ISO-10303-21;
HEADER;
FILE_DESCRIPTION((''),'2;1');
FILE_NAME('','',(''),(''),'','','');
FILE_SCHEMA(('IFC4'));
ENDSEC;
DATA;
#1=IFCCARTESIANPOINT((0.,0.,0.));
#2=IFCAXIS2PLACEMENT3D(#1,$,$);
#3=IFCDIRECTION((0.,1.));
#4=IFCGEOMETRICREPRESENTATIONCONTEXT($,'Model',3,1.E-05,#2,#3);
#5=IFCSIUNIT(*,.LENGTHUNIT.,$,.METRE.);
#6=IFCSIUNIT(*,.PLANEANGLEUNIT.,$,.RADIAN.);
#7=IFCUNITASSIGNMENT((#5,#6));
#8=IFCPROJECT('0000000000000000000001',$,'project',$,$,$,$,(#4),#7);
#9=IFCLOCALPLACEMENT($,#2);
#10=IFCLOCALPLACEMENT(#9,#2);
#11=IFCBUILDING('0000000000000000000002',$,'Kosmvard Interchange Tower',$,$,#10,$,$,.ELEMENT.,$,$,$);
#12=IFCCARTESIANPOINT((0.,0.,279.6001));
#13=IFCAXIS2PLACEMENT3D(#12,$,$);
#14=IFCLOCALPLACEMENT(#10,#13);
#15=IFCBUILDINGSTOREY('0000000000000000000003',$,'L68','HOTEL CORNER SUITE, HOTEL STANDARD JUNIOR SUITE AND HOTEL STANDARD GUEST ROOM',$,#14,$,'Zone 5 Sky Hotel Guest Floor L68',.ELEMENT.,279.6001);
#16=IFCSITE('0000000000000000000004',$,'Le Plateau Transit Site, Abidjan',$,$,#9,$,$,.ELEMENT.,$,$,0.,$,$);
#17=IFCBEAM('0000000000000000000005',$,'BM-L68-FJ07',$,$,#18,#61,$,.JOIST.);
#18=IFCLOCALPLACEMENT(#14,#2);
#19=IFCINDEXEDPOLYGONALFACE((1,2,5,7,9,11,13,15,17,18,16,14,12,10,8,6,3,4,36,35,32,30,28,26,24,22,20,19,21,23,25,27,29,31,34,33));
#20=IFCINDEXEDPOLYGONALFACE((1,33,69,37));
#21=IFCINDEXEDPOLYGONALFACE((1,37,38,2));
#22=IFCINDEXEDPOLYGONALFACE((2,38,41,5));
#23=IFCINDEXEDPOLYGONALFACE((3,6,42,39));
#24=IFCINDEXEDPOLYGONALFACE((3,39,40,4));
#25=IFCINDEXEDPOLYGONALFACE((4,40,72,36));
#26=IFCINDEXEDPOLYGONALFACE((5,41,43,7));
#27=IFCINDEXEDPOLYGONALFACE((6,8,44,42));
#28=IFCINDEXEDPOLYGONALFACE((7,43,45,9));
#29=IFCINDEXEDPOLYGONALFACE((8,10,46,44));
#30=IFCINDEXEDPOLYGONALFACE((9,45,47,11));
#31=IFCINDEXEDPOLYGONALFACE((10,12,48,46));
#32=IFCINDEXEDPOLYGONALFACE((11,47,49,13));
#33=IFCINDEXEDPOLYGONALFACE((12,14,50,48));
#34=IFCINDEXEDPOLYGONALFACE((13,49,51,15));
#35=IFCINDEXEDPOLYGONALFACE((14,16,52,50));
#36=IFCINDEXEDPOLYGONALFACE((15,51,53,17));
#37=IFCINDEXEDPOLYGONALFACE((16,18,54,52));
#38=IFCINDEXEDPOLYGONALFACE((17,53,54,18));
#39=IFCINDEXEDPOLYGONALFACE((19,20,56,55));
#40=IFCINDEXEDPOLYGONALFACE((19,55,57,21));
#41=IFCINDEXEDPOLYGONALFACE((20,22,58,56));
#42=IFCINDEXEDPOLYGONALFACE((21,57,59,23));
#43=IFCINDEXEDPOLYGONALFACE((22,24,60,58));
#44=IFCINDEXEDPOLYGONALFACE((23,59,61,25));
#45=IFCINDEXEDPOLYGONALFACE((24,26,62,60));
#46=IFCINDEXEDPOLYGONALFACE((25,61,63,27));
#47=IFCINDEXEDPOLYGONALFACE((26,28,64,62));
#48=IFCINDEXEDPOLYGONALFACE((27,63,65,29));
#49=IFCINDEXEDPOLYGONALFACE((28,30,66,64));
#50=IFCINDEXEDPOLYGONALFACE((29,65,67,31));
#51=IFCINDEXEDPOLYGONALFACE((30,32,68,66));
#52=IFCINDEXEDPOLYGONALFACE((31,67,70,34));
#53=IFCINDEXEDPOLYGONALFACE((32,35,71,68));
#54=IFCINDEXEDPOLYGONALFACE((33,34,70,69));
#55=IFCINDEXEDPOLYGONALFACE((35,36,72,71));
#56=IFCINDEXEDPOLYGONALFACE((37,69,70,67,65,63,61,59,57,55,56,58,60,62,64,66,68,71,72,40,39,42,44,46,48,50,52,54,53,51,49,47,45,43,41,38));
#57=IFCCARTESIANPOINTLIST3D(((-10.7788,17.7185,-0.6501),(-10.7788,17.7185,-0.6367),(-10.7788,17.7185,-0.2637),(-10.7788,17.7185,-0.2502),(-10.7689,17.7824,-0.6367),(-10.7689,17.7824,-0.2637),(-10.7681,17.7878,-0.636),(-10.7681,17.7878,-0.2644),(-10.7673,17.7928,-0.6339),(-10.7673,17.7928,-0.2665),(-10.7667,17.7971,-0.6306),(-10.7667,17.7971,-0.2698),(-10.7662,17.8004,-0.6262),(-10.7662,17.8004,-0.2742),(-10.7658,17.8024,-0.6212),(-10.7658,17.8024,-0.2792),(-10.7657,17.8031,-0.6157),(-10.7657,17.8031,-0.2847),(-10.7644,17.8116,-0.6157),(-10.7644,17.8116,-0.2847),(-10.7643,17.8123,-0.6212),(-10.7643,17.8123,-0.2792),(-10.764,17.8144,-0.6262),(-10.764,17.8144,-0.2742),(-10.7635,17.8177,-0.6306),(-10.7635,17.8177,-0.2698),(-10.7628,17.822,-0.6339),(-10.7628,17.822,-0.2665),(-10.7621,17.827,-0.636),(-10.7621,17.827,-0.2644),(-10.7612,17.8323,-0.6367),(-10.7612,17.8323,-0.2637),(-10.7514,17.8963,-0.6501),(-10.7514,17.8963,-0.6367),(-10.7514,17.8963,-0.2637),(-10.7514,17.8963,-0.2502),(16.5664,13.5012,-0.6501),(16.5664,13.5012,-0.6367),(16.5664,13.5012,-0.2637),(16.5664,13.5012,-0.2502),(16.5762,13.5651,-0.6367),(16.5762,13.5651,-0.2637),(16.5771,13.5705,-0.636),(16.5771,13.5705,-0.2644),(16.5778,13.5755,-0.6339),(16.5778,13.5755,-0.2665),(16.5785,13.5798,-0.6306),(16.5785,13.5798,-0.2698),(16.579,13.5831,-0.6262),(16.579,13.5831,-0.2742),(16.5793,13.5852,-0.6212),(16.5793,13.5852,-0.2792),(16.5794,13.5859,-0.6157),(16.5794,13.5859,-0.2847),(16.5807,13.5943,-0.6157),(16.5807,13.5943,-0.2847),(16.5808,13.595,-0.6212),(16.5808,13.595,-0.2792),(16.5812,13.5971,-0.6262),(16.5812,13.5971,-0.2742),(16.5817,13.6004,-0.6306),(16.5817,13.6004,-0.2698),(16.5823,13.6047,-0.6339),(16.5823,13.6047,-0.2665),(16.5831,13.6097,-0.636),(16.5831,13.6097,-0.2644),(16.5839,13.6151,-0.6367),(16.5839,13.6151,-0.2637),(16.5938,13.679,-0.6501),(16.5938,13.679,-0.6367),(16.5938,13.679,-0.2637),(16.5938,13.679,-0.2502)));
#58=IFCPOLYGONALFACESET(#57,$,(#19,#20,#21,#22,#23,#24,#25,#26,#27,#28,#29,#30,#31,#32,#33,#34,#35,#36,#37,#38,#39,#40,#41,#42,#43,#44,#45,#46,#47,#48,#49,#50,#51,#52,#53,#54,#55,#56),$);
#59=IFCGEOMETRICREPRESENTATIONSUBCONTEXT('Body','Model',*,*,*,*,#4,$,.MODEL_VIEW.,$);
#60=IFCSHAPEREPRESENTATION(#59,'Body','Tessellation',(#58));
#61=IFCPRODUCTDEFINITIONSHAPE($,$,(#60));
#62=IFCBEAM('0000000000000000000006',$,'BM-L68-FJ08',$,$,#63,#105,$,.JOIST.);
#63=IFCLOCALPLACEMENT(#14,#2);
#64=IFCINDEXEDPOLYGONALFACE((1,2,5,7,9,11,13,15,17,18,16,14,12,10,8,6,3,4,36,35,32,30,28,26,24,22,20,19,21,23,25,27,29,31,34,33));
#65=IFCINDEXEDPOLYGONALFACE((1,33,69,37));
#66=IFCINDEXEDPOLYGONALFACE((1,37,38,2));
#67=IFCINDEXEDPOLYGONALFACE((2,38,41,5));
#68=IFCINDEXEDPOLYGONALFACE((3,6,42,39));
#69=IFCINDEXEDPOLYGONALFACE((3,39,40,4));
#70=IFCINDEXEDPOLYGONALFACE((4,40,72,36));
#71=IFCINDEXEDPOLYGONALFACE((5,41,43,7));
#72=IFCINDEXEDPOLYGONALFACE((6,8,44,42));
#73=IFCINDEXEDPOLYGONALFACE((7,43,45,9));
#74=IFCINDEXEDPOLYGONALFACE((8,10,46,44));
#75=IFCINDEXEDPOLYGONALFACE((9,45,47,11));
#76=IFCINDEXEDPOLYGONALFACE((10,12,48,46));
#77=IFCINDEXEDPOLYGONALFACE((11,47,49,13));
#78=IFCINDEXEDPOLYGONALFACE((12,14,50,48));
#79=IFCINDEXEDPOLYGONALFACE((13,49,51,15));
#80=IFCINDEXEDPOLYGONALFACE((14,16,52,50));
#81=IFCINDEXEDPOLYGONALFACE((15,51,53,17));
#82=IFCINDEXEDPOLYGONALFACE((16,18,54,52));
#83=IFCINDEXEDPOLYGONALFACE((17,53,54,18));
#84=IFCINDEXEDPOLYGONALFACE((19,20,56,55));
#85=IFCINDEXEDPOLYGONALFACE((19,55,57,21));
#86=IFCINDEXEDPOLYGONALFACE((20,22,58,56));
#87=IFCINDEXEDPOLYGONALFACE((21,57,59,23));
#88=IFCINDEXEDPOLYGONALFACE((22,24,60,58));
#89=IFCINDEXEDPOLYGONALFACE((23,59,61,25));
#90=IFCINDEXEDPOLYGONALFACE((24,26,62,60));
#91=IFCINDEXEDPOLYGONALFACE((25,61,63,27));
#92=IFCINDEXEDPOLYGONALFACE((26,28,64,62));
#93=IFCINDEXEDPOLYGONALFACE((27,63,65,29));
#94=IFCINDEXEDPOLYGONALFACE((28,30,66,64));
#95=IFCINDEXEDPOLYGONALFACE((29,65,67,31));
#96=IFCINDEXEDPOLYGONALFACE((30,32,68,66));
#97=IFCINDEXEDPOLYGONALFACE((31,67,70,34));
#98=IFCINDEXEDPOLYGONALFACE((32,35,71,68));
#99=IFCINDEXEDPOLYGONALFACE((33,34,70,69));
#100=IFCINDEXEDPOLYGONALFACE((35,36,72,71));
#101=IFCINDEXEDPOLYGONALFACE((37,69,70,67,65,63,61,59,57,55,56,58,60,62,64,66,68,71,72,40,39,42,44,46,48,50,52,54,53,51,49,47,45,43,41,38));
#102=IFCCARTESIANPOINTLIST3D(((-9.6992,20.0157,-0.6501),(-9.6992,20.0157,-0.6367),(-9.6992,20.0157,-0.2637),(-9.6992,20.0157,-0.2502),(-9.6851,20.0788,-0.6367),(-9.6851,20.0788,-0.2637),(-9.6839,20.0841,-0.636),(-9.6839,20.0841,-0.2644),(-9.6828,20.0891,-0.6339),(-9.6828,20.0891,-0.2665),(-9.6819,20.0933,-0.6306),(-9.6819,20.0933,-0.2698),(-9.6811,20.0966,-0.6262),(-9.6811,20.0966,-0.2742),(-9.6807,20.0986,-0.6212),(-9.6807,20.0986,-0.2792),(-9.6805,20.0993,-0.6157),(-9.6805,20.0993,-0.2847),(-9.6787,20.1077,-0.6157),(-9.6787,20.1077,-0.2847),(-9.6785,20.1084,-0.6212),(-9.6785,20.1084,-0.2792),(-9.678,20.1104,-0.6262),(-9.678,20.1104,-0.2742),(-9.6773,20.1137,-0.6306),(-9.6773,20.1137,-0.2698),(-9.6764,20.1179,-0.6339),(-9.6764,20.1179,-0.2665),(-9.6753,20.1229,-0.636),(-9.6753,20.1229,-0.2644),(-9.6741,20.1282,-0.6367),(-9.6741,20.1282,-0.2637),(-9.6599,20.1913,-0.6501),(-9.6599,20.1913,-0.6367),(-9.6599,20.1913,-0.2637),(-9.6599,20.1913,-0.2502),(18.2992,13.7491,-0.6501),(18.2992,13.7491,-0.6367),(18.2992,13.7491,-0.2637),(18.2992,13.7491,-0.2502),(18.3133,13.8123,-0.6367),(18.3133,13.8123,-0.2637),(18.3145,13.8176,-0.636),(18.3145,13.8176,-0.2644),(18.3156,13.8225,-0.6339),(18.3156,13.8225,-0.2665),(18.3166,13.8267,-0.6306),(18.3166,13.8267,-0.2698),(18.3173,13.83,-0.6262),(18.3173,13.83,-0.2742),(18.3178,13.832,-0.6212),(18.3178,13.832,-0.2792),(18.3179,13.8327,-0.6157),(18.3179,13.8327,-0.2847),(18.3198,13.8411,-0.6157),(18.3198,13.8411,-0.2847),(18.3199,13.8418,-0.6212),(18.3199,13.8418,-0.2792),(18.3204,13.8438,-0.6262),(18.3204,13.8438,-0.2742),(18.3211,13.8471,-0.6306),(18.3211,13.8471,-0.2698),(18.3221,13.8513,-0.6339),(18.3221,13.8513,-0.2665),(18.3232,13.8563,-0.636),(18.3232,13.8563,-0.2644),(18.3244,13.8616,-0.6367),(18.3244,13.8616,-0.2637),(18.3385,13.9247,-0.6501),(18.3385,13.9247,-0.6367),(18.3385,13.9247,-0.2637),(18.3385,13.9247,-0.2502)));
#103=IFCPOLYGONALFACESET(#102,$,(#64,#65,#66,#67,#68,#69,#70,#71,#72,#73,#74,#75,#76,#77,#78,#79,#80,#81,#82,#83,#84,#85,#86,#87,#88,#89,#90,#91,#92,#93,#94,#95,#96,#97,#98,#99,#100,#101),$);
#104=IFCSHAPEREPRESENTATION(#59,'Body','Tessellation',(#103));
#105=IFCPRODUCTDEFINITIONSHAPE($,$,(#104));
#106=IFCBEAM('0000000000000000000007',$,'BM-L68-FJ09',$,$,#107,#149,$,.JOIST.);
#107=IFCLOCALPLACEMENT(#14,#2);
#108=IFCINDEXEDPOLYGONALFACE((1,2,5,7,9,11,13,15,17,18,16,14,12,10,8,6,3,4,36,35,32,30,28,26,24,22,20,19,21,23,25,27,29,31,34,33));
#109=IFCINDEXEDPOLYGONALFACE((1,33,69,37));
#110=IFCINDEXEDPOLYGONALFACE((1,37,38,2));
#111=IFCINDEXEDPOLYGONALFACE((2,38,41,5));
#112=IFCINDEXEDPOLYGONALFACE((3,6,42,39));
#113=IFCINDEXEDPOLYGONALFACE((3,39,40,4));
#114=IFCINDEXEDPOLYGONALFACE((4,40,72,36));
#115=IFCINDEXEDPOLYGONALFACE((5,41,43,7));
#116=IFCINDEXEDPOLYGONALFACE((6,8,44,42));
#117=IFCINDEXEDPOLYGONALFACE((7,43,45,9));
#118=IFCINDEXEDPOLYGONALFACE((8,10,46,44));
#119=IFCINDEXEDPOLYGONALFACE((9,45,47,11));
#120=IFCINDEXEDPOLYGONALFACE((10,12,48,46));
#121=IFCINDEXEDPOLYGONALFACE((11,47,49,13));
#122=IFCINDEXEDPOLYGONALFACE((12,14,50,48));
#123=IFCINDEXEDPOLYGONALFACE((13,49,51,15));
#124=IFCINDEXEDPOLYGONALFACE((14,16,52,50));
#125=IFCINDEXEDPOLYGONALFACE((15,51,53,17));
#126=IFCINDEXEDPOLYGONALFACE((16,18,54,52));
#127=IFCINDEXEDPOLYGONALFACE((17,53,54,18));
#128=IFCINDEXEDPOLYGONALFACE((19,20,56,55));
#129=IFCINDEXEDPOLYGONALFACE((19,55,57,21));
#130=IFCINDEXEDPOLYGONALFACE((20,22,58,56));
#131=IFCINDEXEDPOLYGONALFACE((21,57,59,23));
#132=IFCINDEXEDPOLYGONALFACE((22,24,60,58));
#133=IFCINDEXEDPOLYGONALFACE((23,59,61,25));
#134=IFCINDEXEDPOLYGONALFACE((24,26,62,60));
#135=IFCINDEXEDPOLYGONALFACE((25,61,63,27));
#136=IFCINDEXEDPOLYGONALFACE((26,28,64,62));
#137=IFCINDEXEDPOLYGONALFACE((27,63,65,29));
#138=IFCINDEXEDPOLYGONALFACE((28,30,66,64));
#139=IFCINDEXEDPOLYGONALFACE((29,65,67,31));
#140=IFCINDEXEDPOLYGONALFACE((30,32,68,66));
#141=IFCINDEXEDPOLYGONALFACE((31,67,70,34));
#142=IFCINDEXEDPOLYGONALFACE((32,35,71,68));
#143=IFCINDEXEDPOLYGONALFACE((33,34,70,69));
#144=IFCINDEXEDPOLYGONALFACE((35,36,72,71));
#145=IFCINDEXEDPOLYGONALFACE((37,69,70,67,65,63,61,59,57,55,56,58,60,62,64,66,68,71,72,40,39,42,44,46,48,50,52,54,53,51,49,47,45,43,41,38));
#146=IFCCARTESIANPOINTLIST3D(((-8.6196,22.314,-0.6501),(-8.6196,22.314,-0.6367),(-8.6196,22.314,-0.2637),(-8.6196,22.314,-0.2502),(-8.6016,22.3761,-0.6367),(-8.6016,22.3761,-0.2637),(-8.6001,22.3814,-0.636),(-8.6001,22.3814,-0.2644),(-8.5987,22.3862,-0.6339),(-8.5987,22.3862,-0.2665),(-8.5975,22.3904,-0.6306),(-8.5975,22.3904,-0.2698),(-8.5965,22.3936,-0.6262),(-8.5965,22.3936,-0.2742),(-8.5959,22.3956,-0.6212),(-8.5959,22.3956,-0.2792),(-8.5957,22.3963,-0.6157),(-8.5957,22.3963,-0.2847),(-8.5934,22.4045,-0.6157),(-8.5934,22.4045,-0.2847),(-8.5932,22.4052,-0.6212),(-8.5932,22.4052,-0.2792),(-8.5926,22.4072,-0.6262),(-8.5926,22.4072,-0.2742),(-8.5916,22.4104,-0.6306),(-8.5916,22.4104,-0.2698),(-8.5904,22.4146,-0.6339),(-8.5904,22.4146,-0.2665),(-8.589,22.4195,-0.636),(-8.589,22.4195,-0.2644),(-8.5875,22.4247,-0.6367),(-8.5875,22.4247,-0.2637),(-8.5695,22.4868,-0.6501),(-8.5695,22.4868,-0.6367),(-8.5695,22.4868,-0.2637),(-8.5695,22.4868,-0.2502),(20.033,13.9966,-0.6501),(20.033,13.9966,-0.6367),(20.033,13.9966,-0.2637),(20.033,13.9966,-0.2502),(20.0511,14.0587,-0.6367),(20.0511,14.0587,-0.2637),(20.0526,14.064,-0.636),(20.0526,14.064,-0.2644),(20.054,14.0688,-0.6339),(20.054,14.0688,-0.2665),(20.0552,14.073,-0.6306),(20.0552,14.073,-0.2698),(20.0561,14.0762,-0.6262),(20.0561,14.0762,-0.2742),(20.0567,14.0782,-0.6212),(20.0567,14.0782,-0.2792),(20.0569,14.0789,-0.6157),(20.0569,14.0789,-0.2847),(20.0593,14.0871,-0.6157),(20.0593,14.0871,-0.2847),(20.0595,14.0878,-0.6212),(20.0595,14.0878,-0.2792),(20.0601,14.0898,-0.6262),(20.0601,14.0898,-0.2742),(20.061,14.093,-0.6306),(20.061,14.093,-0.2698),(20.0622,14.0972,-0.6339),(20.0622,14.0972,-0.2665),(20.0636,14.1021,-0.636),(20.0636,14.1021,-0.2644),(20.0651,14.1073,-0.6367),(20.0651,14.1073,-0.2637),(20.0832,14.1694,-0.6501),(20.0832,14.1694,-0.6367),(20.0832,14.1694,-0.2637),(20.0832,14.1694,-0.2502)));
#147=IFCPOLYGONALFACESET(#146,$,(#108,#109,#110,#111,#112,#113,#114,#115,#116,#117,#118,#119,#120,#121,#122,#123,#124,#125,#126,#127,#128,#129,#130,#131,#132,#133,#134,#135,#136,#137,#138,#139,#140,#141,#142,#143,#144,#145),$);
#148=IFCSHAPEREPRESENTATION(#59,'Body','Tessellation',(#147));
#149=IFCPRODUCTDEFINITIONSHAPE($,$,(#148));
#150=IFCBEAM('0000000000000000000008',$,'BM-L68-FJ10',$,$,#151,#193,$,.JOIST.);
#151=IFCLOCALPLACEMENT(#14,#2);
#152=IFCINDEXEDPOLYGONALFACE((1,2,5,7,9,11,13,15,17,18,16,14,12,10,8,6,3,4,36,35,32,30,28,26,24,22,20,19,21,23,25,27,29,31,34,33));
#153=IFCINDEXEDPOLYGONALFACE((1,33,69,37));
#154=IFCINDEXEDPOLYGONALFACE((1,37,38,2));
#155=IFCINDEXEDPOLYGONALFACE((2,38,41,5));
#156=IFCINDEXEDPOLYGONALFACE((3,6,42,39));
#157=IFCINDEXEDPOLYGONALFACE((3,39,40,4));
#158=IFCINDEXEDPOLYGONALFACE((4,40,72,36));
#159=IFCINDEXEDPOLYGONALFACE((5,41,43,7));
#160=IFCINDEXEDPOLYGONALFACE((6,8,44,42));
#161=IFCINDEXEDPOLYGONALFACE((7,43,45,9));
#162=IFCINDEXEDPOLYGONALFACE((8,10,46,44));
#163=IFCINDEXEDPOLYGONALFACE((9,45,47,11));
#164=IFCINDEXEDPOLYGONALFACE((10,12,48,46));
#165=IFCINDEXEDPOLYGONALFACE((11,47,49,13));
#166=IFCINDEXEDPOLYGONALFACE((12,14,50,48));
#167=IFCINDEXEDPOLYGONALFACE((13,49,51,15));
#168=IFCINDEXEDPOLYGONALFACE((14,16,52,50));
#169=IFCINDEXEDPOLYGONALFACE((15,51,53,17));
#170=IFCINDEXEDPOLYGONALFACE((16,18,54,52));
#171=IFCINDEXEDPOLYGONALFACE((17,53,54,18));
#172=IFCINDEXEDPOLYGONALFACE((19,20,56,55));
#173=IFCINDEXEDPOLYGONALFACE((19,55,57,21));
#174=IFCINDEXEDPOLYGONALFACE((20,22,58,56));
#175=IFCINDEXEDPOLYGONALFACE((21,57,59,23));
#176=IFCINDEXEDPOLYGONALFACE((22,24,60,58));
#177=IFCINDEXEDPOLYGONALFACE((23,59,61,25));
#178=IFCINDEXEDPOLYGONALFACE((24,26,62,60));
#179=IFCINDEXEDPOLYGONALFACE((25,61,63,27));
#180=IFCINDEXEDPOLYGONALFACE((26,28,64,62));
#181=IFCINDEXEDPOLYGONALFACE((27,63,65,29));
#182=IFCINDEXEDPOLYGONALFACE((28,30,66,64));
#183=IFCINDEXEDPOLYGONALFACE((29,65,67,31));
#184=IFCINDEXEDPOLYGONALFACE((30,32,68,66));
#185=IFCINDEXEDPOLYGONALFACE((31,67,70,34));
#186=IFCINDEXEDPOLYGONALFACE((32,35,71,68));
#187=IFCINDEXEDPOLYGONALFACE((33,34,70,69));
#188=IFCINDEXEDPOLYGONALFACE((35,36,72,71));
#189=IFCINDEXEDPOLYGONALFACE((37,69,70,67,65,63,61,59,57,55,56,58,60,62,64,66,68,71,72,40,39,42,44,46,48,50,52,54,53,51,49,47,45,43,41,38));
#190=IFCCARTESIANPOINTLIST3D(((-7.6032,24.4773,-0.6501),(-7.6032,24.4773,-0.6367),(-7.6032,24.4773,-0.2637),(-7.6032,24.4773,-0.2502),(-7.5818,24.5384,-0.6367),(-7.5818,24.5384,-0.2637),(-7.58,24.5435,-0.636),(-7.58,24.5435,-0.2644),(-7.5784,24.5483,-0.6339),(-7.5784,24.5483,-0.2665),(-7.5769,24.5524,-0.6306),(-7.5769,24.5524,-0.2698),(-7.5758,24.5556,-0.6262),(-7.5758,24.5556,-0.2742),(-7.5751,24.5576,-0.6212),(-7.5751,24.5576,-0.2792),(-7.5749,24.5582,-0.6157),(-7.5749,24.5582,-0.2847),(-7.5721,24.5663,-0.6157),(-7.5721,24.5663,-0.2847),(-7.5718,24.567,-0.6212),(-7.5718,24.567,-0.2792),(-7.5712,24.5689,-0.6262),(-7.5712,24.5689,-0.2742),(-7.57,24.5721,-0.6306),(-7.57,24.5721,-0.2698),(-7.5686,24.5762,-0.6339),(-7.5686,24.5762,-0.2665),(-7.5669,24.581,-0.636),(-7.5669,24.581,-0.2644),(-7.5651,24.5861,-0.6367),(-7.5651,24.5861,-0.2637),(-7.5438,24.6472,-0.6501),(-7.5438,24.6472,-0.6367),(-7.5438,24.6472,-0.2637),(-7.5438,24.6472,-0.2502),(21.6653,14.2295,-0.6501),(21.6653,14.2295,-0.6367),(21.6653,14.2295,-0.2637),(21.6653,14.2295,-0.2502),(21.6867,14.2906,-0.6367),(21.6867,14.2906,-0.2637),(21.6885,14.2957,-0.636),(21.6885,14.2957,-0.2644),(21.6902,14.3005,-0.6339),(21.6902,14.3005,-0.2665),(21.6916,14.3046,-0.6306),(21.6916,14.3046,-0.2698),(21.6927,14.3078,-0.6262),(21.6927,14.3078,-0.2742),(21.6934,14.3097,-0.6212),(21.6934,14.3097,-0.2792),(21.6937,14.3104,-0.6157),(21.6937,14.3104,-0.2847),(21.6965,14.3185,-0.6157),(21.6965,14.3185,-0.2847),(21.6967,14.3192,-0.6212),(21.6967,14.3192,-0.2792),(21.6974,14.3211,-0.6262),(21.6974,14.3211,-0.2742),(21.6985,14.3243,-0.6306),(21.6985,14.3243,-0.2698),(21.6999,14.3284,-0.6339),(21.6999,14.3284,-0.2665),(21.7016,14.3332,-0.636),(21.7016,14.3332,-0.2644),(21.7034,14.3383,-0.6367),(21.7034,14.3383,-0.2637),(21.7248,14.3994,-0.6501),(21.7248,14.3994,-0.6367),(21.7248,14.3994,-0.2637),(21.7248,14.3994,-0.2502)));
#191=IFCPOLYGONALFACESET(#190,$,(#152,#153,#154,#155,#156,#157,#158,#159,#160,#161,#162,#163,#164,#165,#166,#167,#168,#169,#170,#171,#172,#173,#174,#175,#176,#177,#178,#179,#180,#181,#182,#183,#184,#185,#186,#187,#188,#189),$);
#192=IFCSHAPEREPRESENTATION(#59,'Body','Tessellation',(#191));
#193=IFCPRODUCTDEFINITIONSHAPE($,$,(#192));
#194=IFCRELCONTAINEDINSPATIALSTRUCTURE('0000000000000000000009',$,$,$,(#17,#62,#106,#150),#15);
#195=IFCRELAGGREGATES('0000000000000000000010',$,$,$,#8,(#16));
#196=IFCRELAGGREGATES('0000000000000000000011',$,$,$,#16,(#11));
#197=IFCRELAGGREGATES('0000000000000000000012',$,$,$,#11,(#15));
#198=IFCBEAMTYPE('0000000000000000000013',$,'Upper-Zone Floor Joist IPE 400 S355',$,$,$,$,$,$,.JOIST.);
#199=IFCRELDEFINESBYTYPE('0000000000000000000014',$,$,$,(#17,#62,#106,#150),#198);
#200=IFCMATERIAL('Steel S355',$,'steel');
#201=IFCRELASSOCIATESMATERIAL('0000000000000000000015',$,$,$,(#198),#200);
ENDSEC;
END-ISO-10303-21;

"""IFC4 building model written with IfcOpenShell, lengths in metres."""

from ifc_helpers import new_model, si_unit, direction, frame, origin, origin_2d, place, context, subcontext, project, spatial, i_section, extrude, source, transform, mapped, material, material_profile, profile_set, type_object, element, save


model = new_model("IFC4")

# Units and contexts
model_context = context("Model", 3, precision=1e-05, world=origin(), true_north=direction((0.0, 1.0)))
body_context = subcontext(model_context, "Body", "Model", "MODEL_VIEW")
ifc_project = project(units=[si_unit("LENGTHUNIT", "METRE"), si_unit("PLANEANGLEUNIT", "RADIAN")], contexts=[model_context])

# Site, building, storey
site_placement = place(None, origin())
site = spatial("IfcSite", under=ifc_project, at=site_placement, Name="Le Plateau Transit Site, Abidjan", CompositionType="ELEMENT", RefElevation=0.0)
building_placement = place(site_placement, origin())
building = spatial("IfcBuilding", under=site, at=building_placement, Name="Kosmvard Interchange Tower", CompositionType="ELEMENT")
storey_placement = place(building_placement, frame((0.0, 0.0, 279.6001)))
storey = spatial("IfcBuildingStorey", under=building, at=storey_placement, Name="L68", Description="HOTEL CORNER SUITE, HOTEL STANDARD JUNIOR SUITE AND HOTEL STANDARD GUEST ROOM", LongName="Zone 5 Sky Hotel Guest Floor L68", CompositionType="ELEMENT", Elevation=279.6001)

# Beams
ifc_material_1 = material(Name="Steel S355", Category="steel")
ifc_material_profile_1 = material_profile(ifc_material_1, i_section(OverallWidth=0.1799, OverallDepth=0.3999, WebThickness=0.0085, FlangeThickness=0.0134, FilletRadius=0.021, at=origin_2d()), Name="IPE 400")
ifc_profile_set_1 = profile_set([ifc_material_profile_1], Name="Steel S355")
beam_type_1 = type_object("IfcBeamType", Name="Upper-Zone Floor Joist IPE 400 S355", PredefinedType="JOIST", material=ifc_profile_set_1)
shared_shape_1 = source(origin(), body_context, "Body", "SweptSolid", [
    extrude(i_section(OverallWidth=0.1799, OverallDepth=0.3999, WebThickness=0.0085, FlangeThickness=0.0134, FilletRadius=0.021, at=origin_2d()), origin(), (0.0, 0.0, 1.0), 27.6685),
])
beam_1_placement = place(storey_placement, frame((16.5801, 13.5901, -0.4502), z_axis=(-0.988316, 0.152422, 0.0), x_axis=(-0.152422, -0.988316, 0.0)))
element("IfcBeam", 1, at=beam_1_placement, inside=storey, type_object=beam_type_1, Name="BM-L68-FJ07", PredefinedType="JOIST", context=body_context, shape_type="MappedRepresentation", body=[
    mapped(shared_shape_1, transform((0.0, 0.0, 0.0), scale=1.0)),
])
shared_shape_2 = source(origin(), body_context, "Body", "SweptSolid", [
    extrude(i_section(OverallWidth=0.1799, OverallDepth=0.3999, WebThickness=0.0085, FlangeThickness=0.0134, FilletRadius=0.021, at=origin_2d()), origin(), (0.0, 0.0, 1.0), 28.6912),
])
beam_2_placement = place(storey_placement, frame((18.3188, 13.8369, -0.4502), z_axis=(-0.975856, 0.218415, 0.0), x_axis=(-0.218415, -0.975856, 0.0)))
element("IfcBeam", 2, at=beam_2_placement, inside=storey, type_object=beam_type_1, Name="BM-L68-FJ08", PredefinedType="JOIST", context=body_context, shape_type="MappedRepresentation", body=[
    mapped(shared_shape_2, transform((0.0, 0.0, 0.0), scale=1.0)),
])
shared_shape_3 = source(origin(), body_context, "Body", "SweptSolid", [
    extrude(i_section(OverallWidth=0.1799, OverallDepth=0.3999, WebThickness=0.0085, FlangeThickness=0.0134, FilletRadius=0.021, at=origin_2d()), origin(), (0.0, 0.0, 1.0), 29.8354),
])
beam_3_placement = place(storey_placement, frame((20.0581, 14.083, -0.4502), z_axis=(-0.960356, 0.278776, 0.0), x_axis=(-0.278776, -0.960356, 0.0)))
element("IfcBeam", 3, at=beam_3_placement, inside=storey, type_object=beam_type_1, Name="BM-L68-FJ09", PredefinedType="JOIST", context=body_context, shape_type="MappedRepresentation", body=[
    mapped(shared_shape_3, transform((0.0, 0.0, 0.0), scale=1.0)),
])
shared_shape_4 = source(origin(), body_context, "Body", "SweptSolid", [
    extrude(i_section(OverallWidth=0.1799, OverallDepth=0.3999, WebThickness=0.0085, FlangeThickness=0.0134, FilletRadius=0.021, at=origin_2d()), origin(), (0.0, 0.0, 1.0), 31.0107),
])
beam_4_placement = place(storey_placement, frame((21.6951, 14.3145, -0.4502), z_axis=(-0.94382, 0.33046, 0.0), x_axis=(-0.33046, -0.94382, 0.0)))
element("IfcBeam", 4, at=beam_4_placement, inside=storey, type_object=beam_type_1, Name="BM-L68-FJ10", PredefinedType="JOIST", context=body_context, shape_type="MappedRepresentation", body=[
    mapped(shared_shape_4, transform((0.0, 0.0, 0.0), scale=1.0)),
])

save(model, "model.ifc")
